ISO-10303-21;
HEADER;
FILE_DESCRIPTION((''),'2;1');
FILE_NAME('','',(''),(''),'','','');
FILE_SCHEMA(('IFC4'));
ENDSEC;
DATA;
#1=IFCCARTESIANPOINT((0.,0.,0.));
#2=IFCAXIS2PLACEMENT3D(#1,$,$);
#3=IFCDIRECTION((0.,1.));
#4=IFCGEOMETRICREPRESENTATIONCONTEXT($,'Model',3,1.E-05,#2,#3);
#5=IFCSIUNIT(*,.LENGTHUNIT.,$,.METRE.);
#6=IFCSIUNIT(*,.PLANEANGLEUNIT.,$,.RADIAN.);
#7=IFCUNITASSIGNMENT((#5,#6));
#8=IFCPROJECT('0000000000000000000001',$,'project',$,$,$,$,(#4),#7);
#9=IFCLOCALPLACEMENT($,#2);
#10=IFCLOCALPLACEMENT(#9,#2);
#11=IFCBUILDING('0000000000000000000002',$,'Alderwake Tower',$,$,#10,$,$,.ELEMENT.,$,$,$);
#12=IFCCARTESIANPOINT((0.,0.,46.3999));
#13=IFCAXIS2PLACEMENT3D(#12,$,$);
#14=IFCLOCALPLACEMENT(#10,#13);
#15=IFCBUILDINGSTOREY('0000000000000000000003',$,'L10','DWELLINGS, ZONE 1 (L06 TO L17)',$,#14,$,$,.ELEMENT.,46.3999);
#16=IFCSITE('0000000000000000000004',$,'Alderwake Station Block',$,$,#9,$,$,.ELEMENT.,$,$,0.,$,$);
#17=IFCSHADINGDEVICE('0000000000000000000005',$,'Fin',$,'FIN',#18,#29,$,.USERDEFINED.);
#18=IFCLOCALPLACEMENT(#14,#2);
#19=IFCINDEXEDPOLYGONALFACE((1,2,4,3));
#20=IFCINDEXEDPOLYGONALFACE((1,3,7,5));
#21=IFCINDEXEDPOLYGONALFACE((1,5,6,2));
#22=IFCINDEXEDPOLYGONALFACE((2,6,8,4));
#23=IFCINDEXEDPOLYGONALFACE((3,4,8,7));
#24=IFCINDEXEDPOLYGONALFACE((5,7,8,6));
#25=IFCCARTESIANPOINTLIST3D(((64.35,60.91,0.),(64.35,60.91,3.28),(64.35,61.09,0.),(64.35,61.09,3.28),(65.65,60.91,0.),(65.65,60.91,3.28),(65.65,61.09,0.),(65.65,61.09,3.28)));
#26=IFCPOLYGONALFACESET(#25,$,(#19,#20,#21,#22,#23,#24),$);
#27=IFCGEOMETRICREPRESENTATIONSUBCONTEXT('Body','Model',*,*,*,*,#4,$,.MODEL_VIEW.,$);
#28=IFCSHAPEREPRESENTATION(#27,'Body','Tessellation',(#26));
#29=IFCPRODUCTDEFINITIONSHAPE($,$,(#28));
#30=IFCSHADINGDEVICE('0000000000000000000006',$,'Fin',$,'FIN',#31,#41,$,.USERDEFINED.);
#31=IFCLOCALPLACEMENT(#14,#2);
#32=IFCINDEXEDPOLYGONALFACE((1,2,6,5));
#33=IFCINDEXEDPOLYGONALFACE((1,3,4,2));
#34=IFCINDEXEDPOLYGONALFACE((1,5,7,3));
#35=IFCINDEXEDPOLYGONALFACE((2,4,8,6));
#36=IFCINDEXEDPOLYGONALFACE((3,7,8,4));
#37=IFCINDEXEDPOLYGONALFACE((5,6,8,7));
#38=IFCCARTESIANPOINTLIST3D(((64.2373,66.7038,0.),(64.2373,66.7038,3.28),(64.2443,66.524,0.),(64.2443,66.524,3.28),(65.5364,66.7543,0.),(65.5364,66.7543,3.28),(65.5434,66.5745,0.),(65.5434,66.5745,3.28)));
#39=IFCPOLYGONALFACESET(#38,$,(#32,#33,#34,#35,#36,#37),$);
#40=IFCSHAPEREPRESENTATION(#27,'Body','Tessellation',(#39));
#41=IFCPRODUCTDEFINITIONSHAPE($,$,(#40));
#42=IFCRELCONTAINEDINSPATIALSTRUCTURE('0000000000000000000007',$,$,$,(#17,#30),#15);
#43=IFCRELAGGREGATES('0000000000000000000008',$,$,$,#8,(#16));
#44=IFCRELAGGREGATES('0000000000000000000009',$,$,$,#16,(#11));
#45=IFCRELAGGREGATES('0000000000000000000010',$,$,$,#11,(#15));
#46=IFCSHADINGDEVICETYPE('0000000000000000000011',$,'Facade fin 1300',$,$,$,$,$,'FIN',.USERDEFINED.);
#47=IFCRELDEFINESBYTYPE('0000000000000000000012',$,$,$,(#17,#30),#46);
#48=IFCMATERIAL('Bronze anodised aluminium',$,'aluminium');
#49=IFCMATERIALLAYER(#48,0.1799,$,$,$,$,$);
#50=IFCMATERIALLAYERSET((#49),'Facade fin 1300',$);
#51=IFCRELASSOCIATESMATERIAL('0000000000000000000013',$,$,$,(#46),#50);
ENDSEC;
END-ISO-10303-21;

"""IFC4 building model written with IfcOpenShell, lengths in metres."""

from ifc_helpers import new_model, si_unit, direction, frame, origin, origin_2d, place, context, subcontext, project, spatial, rectangle, extrude, material, layer, layer_set, type_object, element, save


model = new_model("IFC4")

# Units and contexts
model_context = context("Model", 3, precision=1e-05, world=origin(), true_north=direction((0.0, 1.0)))
body_context = subcontext(model_context, "Body", "Model", "MODEL_VIEW")
ifc_project = project(units=[si_unit("LENGTHUNIT", "METRE"), si_unit("PLANEANGLEUNIT", "RADIAN")], contexts=[model_context])

# Site, building, storey
site_placement = place(None, origin())
site = spatial("IfcSite", under=ifc_project, at=site_placement, Name="Alderwake Station Block", CompositionType="ELEMENT", RefElevation=0.0)
building_placement = place(site_placement, origin())
building = spatial("IfcBuilding", under=site, at=building_placement, Name="Alderwake Tower", CompositionType="ELEMENT")
storey_placement = place(building_placement, frame((0.0, 0.0, 46.3999)))
storey = spatial("IfcBuildingStorey", under=building, at=storey_placement, Name="L10", Description="DWELLINGS, ZONE 1 (L06 TO L17)", CompositionType="ELEMENT", Elevation=46.3999)

# Shading devices
ifc_material_1 = material(Name="Bronze anodised aluminium", Category="aluminium")
ifc_layer_1 = layer(ifc_material_1, 0.1799)
ifc_layer_set_1 = layer_set([ifc_layer_1], Name="Facade fin 1300")
shading_device_type = type_object("IfcShadingDeviceType", Name="Facade fin 1300", ElementType="FIN", PredefinedType="USERDEFINED", material=ifc_layer_set_1)
for number, where, z_axis, x_axis, name in (
    (1, (65.0, 61.0, 0.0), (0.0, 0.0, 1.0), (1.0, 0.0, 0.0), "Fin"),
    (2, (64.8904, 66.6392, 0.0), (0.0, 0.0, 1.0), (0.999243, 0.03889, 0.0), "Fin"),
):
    element("IfcShadingDevice", number, at=place(storey_placement, frame(where, z_axis=z_axis, x_axis=x_axis)), inside=storey, type_object=shading_device_type, Name=name, ObjectType="FIN", PredefinedType="USERDEFINED", context=body_context, shape_type="SweptSolid", body=[
        extrude(rectangle(XDim=1.3, YDim=0.1799, at=origin_2d()), origin(), (0.0, 0.0, 1.0), 3.28),
    ])

save(model, "model.ifc")
